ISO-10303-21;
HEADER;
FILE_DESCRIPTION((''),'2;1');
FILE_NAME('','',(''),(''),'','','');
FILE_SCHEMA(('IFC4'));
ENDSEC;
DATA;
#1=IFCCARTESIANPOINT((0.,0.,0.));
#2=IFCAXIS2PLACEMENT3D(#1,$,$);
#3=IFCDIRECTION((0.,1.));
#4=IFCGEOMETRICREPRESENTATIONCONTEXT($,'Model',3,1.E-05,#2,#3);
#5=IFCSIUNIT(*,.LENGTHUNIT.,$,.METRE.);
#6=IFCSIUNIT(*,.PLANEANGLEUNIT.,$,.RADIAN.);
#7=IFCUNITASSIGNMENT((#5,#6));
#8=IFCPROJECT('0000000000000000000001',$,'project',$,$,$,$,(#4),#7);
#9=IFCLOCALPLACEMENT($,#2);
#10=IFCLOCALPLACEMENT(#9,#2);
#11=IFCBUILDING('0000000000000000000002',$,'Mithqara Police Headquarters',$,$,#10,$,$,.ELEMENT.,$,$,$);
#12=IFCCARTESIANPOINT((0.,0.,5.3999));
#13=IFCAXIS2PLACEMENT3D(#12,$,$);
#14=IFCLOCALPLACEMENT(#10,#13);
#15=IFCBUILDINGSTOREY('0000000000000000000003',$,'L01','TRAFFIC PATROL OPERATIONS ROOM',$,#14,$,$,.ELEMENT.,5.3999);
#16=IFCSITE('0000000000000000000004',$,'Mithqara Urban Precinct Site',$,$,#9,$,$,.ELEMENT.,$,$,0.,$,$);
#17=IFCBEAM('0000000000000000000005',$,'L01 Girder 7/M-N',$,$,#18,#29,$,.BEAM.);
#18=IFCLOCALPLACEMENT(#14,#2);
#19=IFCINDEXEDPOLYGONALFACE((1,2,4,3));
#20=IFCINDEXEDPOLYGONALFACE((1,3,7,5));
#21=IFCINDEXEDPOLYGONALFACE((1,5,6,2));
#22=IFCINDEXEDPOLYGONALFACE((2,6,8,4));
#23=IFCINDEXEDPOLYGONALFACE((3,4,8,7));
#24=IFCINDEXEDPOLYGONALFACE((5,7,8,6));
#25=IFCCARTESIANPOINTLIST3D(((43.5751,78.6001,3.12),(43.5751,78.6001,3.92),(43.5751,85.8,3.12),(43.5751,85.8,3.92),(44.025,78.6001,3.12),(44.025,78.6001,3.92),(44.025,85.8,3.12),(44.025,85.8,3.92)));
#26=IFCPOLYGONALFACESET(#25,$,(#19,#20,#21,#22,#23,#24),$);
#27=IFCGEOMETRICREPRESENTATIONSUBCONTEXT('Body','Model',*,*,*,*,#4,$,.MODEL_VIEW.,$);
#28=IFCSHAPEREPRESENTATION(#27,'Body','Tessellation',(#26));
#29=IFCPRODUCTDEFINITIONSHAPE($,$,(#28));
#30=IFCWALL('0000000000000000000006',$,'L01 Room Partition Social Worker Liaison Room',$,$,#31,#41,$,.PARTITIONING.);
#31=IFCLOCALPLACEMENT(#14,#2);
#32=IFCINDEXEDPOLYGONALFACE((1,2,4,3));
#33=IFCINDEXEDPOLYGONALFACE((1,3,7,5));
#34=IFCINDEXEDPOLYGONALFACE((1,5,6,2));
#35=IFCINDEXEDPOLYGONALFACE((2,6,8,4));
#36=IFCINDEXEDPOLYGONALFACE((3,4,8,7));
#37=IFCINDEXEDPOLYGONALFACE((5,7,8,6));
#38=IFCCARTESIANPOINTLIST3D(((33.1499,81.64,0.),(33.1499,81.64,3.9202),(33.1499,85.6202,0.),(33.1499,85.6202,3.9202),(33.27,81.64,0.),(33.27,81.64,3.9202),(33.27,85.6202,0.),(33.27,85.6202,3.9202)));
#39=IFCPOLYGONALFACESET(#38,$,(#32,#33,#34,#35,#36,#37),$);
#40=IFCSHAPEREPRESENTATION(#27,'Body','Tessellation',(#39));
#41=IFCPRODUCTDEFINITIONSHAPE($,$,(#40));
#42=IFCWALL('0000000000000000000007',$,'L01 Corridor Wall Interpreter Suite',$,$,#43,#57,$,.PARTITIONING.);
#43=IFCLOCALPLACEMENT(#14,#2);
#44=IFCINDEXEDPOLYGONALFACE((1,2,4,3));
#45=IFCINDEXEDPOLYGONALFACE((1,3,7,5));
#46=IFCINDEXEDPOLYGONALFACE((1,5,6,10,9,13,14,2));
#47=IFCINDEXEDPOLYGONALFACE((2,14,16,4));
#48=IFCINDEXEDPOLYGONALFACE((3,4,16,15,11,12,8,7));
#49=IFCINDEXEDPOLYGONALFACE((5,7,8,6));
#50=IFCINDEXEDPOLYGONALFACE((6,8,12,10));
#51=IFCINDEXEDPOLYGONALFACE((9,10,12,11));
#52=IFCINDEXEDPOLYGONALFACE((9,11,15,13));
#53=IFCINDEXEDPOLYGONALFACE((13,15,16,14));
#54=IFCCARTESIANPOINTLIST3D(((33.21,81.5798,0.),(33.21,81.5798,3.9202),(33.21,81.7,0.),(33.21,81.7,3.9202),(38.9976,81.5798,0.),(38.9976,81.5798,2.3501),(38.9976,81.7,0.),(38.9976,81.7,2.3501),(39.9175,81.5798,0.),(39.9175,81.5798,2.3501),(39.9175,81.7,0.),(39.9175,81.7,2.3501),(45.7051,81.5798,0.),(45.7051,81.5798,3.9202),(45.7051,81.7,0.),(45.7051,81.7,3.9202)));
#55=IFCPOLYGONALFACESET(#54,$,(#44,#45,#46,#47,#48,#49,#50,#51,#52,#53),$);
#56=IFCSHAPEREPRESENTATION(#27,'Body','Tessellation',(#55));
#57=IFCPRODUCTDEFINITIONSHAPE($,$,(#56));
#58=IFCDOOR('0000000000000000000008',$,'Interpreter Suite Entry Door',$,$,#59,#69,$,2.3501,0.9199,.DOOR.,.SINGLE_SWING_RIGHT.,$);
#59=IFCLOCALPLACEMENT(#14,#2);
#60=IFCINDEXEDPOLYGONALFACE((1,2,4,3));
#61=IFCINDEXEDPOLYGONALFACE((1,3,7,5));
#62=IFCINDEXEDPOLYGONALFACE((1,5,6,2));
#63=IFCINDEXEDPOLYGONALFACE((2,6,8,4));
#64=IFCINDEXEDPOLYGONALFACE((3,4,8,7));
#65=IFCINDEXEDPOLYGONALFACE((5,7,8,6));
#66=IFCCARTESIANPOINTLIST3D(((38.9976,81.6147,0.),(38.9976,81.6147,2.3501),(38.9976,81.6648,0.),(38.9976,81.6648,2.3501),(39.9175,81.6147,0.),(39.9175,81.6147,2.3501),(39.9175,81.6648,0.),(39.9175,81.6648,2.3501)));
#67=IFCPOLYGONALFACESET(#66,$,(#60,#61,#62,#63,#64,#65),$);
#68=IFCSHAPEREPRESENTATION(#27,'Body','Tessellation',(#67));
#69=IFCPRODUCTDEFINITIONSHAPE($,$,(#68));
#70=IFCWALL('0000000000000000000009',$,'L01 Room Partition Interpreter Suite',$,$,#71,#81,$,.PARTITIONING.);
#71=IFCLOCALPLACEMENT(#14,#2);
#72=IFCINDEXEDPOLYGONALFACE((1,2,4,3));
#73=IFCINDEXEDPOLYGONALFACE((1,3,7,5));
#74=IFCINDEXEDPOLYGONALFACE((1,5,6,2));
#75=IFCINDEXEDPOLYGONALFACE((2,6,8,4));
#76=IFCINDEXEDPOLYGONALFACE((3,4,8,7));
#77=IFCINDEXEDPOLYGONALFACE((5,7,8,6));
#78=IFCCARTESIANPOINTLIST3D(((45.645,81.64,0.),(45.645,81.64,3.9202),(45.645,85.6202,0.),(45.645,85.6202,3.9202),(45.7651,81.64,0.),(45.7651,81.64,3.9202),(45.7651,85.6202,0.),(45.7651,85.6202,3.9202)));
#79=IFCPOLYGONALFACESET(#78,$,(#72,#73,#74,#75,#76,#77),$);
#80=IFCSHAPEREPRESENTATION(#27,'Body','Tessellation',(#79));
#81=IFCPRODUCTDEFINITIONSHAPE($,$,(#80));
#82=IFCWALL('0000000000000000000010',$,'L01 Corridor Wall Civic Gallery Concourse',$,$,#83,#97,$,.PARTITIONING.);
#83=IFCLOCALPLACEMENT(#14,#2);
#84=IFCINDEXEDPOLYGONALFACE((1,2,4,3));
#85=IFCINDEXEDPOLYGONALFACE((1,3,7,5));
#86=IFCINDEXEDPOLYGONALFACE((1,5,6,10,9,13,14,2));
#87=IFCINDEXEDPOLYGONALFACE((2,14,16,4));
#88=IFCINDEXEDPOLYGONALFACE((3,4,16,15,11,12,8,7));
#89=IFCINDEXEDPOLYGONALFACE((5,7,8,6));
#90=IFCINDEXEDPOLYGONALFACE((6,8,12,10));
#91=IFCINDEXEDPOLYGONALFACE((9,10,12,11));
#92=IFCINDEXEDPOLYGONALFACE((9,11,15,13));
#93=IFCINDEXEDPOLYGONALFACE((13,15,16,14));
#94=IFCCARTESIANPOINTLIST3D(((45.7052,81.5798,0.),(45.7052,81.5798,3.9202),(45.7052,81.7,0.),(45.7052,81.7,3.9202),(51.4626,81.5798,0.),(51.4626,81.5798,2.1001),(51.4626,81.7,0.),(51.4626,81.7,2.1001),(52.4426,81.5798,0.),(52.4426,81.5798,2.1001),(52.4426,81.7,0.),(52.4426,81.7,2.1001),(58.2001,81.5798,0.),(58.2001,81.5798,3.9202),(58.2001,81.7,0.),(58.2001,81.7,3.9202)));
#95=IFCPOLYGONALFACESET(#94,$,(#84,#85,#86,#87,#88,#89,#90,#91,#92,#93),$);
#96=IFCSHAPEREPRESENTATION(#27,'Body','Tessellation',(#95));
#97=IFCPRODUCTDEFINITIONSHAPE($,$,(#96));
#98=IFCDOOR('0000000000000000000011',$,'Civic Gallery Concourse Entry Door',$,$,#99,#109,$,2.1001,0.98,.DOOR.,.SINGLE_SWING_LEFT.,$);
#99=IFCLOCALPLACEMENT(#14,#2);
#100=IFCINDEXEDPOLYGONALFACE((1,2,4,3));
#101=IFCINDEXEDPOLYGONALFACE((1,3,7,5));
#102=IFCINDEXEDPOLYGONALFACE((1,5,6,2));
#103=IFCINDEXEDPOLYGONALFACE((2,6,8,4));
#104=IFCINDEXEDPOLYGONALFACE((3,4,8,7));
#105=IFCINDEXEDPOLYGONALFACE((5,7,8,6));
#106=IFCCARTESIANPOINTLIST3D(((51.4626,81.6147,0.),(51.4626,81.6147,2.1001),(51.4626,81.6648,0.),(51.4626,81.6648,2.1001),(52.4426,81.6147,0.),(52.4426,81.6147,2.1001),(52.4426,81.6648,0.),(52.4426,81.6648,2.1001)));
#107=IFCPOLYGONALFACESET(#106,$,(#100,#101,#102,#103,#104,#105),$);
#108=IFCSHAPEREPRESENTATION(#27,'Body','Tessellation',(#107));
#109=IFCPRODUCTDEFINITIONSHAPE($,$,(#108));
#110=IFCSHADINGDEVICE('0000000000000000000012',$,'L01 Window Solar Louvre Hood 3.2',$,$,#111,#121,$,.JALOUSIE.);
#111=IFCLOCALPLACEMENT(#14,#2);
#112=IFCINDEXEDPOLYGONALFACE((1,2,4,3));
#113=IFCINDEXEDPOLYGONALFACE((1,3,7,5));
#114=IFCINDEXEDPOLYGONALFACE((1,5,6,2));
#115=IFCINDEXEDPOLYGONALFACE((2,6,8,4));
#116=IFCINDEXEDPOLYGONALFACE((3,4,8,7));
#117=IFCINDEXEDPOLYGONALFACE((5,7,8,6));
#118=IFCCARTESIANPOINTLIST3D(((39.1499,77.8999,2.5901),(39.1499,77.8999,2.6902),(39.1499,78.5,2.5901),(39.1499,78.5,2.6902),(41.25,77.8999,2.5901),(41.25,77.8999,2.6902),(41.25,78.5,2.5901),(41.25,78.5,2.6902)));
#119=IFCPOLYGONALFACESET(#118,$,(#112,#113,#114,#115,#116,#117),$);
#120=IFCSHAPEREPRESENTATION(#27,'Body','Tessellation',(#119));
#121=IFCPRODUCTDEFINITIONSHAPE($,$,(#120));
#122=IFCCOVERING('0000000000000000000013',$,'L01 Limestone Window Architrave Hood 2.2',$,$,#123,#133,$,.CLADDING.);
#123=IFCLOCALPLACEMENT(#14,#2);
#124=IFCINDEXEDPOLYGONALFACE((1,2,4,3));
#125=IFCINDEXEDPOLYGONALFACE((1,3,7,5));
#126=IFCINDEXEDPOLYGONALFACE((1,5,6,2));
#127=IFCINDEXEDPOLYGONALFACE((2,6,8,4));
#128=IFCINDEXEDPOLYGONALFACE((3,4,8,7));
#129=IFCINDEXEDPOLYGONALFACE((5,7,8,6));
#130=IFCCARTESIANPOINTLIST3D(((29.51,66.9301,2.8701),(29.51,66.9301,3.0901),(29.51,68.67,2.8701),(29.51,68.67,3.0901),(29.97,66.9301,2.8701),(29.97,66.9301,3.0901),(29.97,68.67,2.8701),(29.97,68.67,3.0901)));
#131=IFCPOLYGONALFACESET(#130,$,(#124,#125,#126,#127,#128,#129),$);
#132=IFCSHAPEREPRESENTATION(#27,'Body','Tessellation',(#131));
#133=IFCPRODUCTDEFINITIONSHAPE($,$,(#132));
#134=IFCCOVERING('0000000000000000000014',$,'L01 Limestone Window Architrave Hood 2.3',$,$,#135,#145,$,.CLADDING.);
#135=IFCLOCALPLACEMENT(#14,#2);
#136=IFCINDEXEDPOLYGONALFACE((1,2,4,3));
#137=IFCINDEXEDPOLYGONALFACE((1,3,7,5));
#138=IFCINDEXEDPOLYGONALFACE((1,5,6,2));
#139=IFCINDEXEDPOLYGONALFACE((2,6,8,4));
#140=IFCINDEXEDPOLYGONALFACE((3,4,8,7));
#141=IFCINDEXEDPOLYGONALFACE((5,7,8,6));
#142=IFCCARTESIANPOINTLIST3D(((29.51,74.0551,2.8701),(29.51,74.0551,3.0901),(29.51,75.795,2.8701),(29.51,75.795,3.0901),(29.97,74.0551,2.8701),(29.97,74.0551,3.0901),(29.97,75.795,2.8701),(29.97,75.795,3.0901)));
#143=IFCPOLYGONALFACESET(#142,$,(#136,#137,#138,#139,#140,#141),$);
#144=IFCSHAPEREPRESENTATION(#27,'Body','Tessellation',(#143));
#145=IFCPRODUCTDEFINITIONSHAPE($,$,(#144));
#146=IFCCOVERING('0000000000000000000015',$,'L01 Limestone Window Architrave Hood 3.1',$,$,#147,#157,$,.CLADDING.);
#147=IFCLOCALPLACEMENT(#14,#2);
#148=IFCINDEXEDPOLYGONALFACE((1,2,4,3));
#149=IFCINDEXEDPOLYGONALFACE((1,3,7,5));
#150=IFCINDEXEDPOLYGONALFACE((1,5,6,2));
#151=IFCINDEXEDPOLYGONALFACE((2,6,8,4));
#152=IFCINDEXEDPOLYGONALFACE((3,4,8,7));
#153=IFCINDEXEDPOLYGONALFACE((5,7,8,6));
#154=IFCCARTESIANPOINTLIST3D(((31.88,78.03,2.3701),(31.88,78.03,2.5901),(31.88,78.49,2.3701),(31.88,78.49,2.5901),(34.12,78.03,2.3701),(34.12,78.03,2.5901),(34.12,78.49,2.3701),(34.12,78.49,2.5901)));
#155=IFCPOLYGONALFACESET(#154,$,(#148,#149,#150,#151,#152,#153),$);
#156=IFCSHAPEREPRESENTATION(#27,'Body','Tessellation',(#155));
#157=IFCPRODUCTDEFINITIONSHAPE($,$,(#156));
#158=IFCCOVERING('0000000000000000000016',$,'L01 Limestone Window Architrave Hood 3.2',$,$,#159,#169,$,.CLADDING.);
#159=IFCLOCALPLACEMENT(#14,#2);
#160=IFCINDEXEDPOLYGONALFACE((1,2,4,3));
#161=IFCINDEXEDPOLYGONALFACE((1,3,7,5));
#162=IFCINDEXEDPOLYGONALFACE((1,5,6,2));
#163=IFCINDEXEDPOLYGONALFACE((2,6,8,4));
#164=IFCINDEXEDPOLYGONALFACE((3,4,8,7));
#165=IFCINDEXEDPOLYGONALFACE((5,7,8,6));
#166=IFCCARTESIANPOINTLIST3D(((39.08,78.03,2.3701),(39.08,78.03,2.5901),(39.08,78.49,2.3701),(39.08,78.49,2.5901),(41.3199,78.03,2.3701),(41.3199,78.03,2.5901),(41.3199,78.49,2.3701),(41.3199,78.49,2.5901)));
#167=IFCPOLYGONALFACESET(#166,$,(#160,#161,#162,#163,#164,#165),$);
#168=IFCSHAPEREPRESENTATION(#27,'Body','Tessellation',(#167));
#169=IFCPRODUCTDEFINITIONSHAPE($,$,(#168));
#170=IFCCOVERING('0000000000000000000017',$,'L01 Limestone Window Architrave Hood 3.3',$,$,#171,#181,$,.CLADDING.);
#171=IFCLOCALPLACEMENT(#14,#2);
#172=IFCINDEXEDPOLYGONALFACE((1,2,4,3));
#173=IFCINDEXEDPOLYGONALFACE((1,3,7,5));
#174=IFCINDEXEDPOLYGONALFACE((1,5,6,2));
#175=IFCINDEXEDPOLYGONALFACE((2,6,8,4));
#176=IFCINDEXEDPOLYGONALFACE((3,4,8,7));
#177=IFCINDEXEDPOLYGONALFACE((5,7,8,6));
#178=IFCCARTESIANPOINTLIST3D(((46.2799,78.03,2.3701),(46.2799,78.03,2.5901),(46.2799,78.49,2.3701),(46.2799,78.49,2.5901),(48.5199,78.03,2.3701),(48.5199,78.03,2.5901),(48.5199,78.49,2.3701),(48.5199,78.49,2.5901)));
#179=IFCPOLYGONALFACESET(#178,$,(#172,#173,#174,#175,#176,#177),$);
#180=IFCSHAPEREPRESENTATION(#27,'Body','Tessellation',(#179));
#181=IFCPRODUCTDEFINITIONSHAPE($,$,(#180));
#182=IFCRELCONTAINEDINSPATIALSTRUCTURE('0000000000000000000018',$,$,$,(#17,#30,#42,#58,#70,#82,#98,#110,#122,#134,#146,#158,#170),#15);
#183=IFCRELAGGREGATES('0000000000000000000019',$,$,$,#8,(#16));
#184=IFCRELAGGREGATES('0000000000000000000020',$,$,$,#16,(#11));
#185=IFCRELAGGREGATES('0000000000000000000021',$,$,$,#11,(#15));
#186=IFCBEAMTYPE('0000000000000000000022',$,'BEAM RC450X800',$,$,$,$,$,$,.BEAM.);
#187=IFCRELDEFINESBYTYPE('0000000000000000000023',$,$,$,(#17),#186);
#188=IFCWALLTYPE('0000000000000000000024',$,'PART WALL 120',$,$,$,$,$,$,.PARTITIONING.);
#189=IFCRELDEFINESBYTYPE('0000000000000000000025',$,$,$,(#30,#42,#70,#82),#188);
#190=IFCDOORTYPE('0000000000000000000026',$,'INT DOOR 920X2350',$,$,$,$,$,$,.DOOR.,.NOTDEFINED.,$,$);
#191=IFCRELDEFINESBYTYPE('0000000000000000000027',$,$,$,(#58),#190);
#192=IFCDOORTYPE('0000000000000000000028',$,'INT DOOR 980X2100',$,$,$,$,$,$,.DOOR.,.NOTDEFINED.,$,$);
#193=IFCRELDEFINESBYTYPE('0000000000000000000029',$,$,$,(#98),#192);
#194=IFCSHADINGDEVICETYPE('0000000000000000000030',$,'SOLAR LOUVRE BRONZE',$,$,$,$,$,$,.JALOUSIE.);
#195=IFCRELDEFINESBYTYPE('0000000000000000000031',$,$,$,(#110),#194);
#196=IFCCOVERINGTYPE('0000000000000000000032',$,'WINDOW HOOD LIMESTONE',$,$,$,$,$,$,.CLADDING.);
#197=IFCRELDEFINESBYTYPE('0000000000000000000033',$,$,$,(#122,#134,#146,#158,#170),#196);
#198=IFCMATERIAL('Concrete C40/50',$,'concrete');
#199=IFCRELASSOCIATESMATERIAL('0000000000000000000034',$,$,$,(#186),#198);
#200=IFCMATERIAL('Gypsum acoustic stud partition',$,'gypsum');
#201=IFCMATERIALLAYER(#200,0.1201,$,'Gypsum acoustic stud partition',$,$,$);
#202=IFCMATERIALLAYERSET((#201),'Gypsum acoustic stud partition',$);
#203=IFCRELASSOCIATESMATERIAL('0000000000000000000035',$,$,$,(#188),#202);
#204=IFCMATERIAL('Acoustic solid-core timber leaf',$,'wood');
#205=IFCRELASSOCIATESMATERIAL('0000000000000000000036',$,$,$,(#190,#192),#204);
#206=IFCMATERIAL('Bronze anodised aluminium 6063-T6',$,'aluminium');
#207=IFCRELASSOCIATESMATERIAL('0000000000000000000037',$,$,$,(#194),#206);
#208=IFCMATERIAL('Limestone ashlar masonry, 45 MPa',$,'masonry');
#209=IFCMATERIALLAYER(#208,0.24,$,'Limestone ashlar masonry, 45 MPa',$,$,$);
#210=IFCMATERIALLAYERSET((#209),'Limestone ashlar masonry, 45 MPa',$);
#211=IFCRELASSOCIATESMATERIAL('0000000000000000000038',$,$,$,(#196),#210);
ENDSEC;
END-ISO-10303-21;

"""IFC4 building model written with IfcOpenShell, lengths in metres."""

from ifc_helpers import new_model, si_unit, direction, frame, frame_2d, origin, origin_2d, place, context, subcontext, project, spatial, rectangle, extrude, material, layer, layer_set, material_profile, profile_set, type_object, element, fill, save


model = new_model("IFC4")

# Units and contexts
model_context = context("Model", 3, precision=1e-05, world=origin(), true_north=direction((0.0, 1.0)))
body_context = subcontext(model_context, "Body", "Model", "MODEL_VIEW")
ifc_project = project(units=[si_unit("LENGTHUNIT", "METRE"), si_unit("PLANEANGLEUNIT", "RADIAN")], contexts=[model_context])

# Site, building, storey
site_placement = place(None, origin())
site = spatial("IfcSite", under=ifc_project, at=site_placement, Name="Mithqara Urban Precinct Site", CompositionType="ELEMENT", RefElevation=0.0)
building_placement = place(site_placement, origin())
building = spatial("IfcBuilding", under=site, at=building_placement, Name="Mithqara Police Headquarters", CompositionType="ELEMENT")
storey_placement = place(building_placement, frame((0.0, 0.0, 5.3999)))
storey = spatial("IfcBuildingStorey", under=building, at=storey_placement, Name="L01", Description="TRAFFIC PATROL OPERATIONS ROOM", CompositionType="ELEMENT", Elevation=5.3999)

# Beam
ifc_material_1 = material(Name="Concrete C40/50", Category="concrete")
ifc_material_profile_1 = material_profile(ifc_material_1, rectangle(XDim=0.45, YDim=0.8, at=origin_2d()), Name="RC 450x800")
ifc_profile_set_1 = profile_set([ifc_material_profile_1], Name="Concrete C40/50")
beam_type_1 = type_object("IfcBeamType", Name="BEAM RC450X800", PredefinedType="BEAM", material=ifc_profile_set_1)
beam_1_placement = place(storey_placement, frame((43.8, 78.6001, 3.52), z_axis=(0.0, 1.0, 0.0), x_axis=(-1.0, 0.0, 0.0)))
element("IfcBeam", 1, at=beam_1_placement, inside=storey, type_object=beam_type_1, Name="L01 Girder 7/M-N", PredefinedType="BEAM", context=body_context, shape_type="SweptSolid", body=[
    extrude(rectangle(XDim=0.45, YDim=0.8, at=origin_2d()), origin(), (0.0, 0.0, 1.0), 7.2),
])

# Wall
ifc_material_2 = material(Name="Gypsum acoustic stud partition", Category="gypsum")
ifc_layer_1 = layer(ifc_material_2, 0.1201, Name="Gypsum acoustic stud partition")
ifc_layer_set_1 = layer_set([ifc_layer_1], Name="Gypsum acoustic stud partition")
wall_type = type_object("IfcWallType", Name="PART WALL 120", PredefinedType="PARTITIONING", material=ifc_layer_set_1)
wall_1_placement = place(storey_placement, frame((33.21, 81.6399, 0.0), z_axis=(0.0, 0.0, 1.0), x_axis=(0.0, 1.0, 0.0)))
element("IfcWall", 2, at=wall_1_placement, inside=storey, type_object=wall_type, Name="L01 Room Partition Social Worker Liaison Room", PredefinedType="PARTITIONING", context=body_context, shape_type="SweptSolid", body=[
    extrude(rectangle(XDim=3.9802, YDim=0.1201, at=frame_2d((1.9902, 0.0))), origin(), (0.0, 0.0, 1.0), 3.9202),
])

# Wall, opening, door
wall_2_placement = place(storey_placement, frame((33.21, 81.6399, 0.0), z_axis=(0.0, 0.0, 1.0), x_axis=(1.0, 0.0, 0.0)))
wall_2 = element("IfcWall", 3, at=wall_2_placement, inside=storey, type_object=wall_type, Name="L01 Corridor Wall Interpreter Suite", PredefinedType="PARTITIONING", context=body_context, shape_type="SweptSolid", body=[
    extrude(rectangle(XDim=12.4951, YDim=0.1201, at=frame_2d((6.2476, 0.0))), origin(), (0.0, 0.0, 1.0), 3.9202),
])
opening_1_placement = place(wall_2_placement, frame((5.7876, 0.0, 0.0)))
opening_1 = element("IfcOpeningElement", 4, at=opening_1_placement, cuts=wall_2, PredefinedType="OPENING", context=body_context, shape_type="SweptSolid", body=[
    extrude(rectangle(XDim=0.9199, YDim=2.3501, at=frame_2d((0.46, 1.175))), frame((0.0, 0.0701, 0.0), z_axis=(0.0, -1.0, 0.0), x_axis=(1.0, 0.0, 0.0)), (0.0, 0.0, 1.0), 0.1401),
])
ifc_material_3 = material(Name="Acoustic solid-core timber leaf", Category="wood")
door_type_1 = type_object("IfcDoorType", Name="INT DOOR 920X2350", OperationType="NOTDEFINED", PredefinedType="DOOR", material=ifc_material_3)
door_1_placement = place(opening_1_placement, origin())
door_1 = element("IfcDoor", 5, at=door_1_placement, inside=storey, type_object=door_type_1, Name="Interpreter Suite Entry Door", OperationType="SINGLE_SWING_RIGHT", OverallHeight=2.3501, OverallWidth=0.9199, PredefinedType="DOOR", context=body_context, shape_type="SweptSolid", body=[
    extrude(rectangle(XDim=0.9199, YDim=2.3501, at=frame_2d((0.46, 1.175))), frame((0.0, 0.0249, 0.0), z_axis=(0.0, -1.0, 0.0), x_axis=(1.0, 0.0, 0.0)), (0.0, 0.0, 1.0), 0.05),
])
fill(opening_1, door_1)

# Wall
wall_3_placement = place(storey_placement, frame((45.7051, 81.6399, 0.0), z_axis=(0.0, 0.0, 1.0), x_axis=(0.0, 1.0, 0.0)))
element("IfcWall", 6, at=wall_3_placement, inside=storey, type_object=wall_type, Name="L01 Room Partition Interpreter Suite", PredefinedType="PARTITIONING", context=body_context, shape_type="SweptSolid", body=[
    extrude(rectangle(XDim=3.9802, YDim=0.1201, at=frame_2d((1.9902, 0.0))), origin(), (0.0, 0.0, 1.0), 3.9202),
])

# Wall, opening, door
wall_4_placement = place(storey_placement, frame((45.7051, 81.6399, 0.0), z_axis=(0.0, 0.0, 1.0), x_axis=(1.0, 0.0, 0.0)))
wall_4 = element("IfcWall", 7, at=wall_4_placement, inside=storey, type_object=wall_type, Name="L01 Corridor Wall Civic Gallery Concourse", PredefinedType="PARTITIONING", context=body_context, shape_type="SweptSolid", body=[
    extrude(rectangle(XDim=12.4949, YDim=0.1201, at=frame_2d((6.2476, 0.0))), origin(), (0.0, 0.0, 1.0), 3.9202),
])
opening_2_placement = place(wall_4_placement, frame((5.7576, 0.0, 0.0)))
opening_2 = element("IfcOpeningElement", 8, at=opening_2_placement, cuts=wall_4, PredefinedType="OPENING", context=body_context, shape_type="SweptSolid", body=[
    extrude(rectangle(XDim=0.98, YDim=2.1001, at=frame_2d((0.49, 1.05))), frame((0.0, 0.0701, 0.0), z_axis=(0.0, -1.0, 0.0), x_axis=(1.0, 0.0, 0.0)), (0.0, 0.0, 1.0), 0.1401),
])
door_type_2 = type_object("IfcDoorType", Name="INT DOOR 980X2100", OperationType="NOTDEFINED", PredefinedType="DOOR", material=ifc_material_3)
door_2_placement = place(opening_2_placement, origin())
door_2 = element("IfcDoor", 9, at=door_2_placement, inside=storey, type_object=door_type_2, Name="Civic Gallery Concourse Entry Door", OperationType="SINGLE_SWING_LEFT", OverallHeight=2.1001, OverallWidth=0.98, PredefinedType="DOOR", context=body_context, shape_type="SweptSolid", body=[
    extrude(rectangle(XDim=0.98, YDim=2.1001, at=frame_2d((0.49, 1.05))), frame((0.0, 0.0249, 0.0), z_axis=(0.0, -1.0, 0.0), x_axis=(1.0, 0.0, 0.0)), (0.0, 0.0, 1.0), 0.05),
])
fill(opening_2, door_2)

# Shading device
ifc_material_4 = material(Name="Bronze anodised aluminium 6063-T6", Category="aluminium")
shading_device_type = type_object("IfcShadingDeviceType", Name="SOLAR LOUVRE BRONZE", PredefinedType="JALOUSIE", material=ifc_material_4)
shading_device_placement = place(storey_placement, frame((40.2, 78.2, 2.5901), z_axis=(0.0, 0.0, 1.0), x_axis=(1.0, 0.0, 0.0)))
element("IfcShadingDevice", 10, at=shading_device_placement, inside=storey, type_object=shading_device_type, Name="L01 Window Solar Louvre Hood 3.2", PredefinedType="JALOUSIE", context=body_context, shape_type="SweptSolid", body=[
    extrude(rectangle(XDim=2.1001, YDim=0.6001, at=origin_2d()), origin(), (0.0, 0.0, 1.0), 0.1001),
])

# Coverings
ifc_material_5 = material(Name="Limestone ashlar masonry, 45 MPa", Category="masonry")
ifc_layer_2 = layer(ifc_material_5, 0.24, Name="Limestone ashlar masonry, 45 MPa")
ifc_layer_set_2 = layer_set([ifc_layer_2], Name="Limestone ashlar masonry, 45 MPa")
covering_type = type_object("IfcCoveringType", Name="WINDOW HOOD LIMESTONE", PredefinedType="CLADDING", material=ifc_layer_set_2)
for number, where, z_axis, x_axis, name in (
    (11, (29.74, 67.8, 2.8701), (0.0, 0.0, 1.0), (0.0, 1.0, 0.0), "L01 Limestone Window Architrave Hood 2.2"),
    (12, (29.74, 74.925, 2.8701), (0.0, 0.0, 1.0), (0.0, 1.0, 0.0), "L01 Limestone Window Architrave Hood 2.3"),
):
    element("IfcCovering", number, at=place(storey_placement, frame(where, z_axis=z_axis, x_axis=x_axis)), inside=storey, type_object=covering_type, Name=name, PredefinedType="CLADDING", context=body_context, shape_type="SweptSolid", body=[
        extrude(rectangle(XDim=1.74, YDim=0.46, at=origin_2d()), origin(), (0.0, 0.0, 1.0), 0.22),
    ])
for number, where, z_axis, x_axis, name in (
    (13, (33.0, 78.26, 2.3701), (0.0, 0.0, 1.0), (1.0, 0.0, 0.0), "L01 Limestone Window Architrave Hood 3.1"),
    (14, (40.2, 78.26, 2.3701), (0.0, 0.0, 1.0), (1.0, 0.0, 0.0), "L01 Limestone Window Architrave Hood 3.2"),
    (15, (47.3999, 78.26, 2.3701), (0.0, 0.0, 1.0), (1.0, 0.0, 0.0), "L01 Limestone Window Architrave Hood 3.3"),
):
    element("IfcCovering", number, at=place(storey_placement, frame(where, z_axis=z_axis, x_axis=x_axis)), inside=storey, type_object=covering_type, Name=name, PredefinedType="CLADDING", context=body_context, shape_type="SweptSolid", body=[
        extrude(rectangle(XDim=2.24, YDim=0.46, at=origin_2d()), origin(), (0.0, 0.0, 1.0), 0.22),
    ])

save(model, "model.ifc")
